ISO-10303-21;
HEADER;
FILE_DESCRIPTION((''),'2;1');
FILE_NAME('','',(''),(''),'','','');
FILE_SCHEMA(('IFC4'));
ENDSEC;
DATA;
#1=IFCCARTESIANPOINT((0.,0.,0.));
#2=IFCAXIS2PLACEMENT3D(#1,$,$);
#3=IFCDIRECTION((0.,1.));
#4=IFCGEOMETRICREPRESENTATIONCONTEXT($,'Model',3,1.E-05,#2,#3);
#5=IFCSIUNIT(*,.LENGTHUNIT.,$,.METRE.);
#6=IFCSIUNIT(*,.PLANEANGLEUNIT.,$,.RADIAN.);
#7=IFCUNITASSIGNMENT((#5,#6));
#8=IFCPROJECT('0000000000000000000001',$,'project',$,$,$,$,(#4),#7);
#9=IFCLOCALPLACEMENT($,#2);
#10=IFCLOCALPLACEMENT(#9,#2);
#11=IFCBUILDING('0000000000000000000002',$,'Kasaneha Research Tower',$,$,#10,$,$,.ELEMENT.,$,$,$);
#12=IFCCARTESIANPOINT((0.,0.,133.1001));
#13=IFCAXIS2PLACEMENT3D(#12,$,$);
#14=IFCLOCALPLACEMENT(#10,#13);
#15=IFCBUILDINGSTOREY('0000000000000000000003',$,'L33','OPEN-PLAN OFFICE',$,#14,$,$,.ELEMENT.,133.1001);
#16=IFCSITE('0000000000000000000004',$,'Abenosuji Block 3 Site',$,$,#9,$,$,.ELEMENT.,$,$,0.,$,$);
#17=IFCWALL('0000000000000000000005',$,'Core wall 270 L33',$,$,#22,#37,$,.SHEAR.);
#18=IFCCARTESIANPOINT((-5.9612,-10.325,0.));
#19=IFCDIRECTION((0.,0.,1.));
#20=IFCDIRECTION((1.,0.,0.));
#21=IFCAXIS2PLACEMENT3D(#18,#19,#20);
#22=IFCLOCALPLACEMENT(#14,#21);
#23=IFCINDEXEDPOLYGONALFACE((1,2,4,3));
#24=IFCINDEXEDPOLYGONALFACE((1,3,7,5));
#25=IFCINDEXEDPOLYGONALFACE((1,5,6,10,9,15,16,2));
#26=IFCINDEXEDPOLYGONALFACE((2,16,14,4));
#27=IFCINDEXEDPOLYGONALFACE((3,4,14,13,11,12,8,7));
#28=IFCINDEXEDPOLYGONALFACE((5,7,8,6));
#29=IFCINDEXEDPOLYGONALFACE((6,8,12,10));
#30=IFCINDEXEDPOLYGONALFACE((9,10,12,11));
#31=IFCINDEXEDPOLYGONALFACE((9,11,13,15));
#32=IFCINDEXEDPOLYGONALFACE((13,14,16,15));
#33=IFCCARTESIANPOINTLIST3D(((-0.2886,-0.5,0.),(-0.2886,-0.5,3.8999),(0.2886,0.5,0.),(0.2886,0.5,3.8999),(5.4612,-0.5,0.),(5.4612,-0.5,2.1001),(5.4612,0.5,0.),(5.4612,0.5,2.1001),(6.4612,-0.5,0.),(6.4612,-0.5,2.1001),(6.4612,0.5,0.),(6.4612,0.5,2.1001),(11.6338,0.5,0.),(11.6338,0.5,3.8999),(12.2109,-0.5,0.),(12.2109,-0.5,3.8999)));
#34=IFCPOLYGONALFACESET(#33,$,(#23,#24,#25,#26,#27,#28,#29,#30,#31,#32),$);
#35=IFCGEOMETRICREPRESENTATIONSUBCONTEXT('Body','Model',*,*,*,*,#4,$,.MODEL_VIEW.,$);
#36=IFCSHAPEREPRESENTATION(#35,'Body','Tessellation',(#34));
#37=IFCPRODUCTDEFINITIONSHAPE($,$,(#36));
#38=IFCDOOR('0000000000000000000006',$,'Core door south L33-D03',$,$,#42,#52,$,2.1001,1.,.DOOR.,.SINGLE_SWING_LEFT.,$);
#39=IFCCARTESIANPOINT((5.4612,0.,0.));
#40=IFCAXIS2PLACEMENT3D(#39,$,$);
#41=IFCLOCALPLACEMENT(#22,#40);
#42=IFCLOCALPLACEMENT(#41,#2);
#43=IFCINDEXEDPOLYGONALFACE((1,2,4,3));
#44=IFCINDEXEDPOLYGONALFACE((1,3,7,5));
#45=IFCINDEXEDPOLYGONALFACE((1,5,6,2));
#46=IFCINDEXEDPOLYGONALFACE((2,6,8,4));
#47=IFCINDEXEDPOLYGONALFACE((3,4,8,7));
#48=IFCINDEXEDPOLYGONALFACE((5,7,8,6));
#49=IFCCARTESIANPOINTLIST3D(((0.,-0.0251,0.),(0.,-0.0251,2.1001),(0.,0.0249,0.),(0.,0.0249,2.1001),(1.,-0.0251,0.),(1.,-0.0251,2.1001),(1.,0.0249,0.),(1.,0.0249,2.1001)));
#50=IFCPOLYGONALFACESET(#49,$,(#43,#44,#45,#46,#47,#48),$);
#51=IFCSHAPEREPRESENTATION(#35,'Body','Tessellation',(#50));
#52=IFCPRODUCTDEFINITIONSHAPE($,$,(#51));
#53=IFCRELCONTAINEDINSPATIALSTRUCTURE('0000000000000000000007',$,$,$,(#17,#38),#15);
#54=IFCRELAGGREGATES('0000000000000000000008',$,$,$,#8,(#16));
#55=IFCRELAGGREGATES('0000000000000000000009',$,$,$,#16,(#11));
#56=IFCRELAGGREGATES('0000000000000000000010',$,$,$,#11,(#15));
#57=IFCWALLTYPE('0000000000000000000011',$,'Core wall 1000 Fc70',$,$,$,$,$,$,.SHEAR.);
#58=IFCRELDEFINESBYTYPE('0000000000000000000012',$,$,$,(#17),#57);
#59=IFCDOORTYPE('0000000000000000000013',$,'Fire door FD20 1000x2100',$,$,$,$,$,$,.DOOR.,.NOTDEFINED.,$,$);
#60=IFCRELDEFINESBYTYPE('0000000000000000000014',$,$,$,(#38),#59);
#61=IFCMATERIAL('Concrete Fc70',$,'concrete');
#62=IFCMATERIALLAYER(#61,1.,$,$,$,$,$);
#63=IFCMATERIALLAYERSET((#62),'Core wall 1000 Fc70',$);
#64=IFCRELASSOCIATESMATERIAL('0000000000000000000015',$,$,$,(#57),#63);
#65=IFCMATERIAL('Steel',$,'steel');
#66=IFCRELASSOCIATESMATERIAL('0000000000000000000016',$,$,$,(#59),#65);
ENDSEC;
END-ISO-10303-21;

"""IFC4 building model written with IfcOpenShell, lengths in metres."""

from ifc_helpers import new_model, si_unit, direction, frame, frame_2d, origin, place, context, subcontext, project, spatial, polyline, rectangle, outline, extrude, material, layer, layer_set, type_object, element, fill, save


model = new_model("IFC4")

# Units and contexts
model_context = context("Model", 3, precision=1e-05, world=origin(), true_north=direction((0.0, 1.0)))
body_context = subcontext(model_context, "Body", "Model", "MODEL_VIEW")
ifc_project = project(units=[si_unit("LENGTHUNIT", "METRE"), si_unit("PLANEANGLEUNIT", "RADIAN")], contexts=[model_context])

# Site, building, storey
site_placement = place(None, origin())
site = spatial("IfcSite", under=ifc_project, at=site_placement, Name="Abenosuji Block 3 Site", CompositionType="ELEMENT", RefElevation=0.0)
building_placement = place(site_placement, origin())
building = spatial("IfcBuilding", under=site, at=building_placement, Name="Kasaneha Research Tower", CompositionType="ELEMENT")
storey_placement = place(building_placement, frame((0.0, 0.0, 133.1001)))
storey = spatial("IfcBuildingStorey", under=building, at=storey_placement, Name="L33", Description="OPEN-PLAN OFFICE", CompositionType="ELEMENT", Elevation=133.1001)

# Wall, opening, door
ifc_material_1 = material(Name="Concrete Fc70", Category="concrete")
ifc_layer_1 = layer(ifc_material_1, 1.0)
ifc_layer_set_1 = layer_set([ifc_layer_1], Name="Core wall 1000 Fc70")
wall_type_1 = type_object("IfcWallType", Name="Core wall 1000 Fc70", PredefinedType="SHEAR", material=ifc_layer_set_1)
wall_1_placement = place(storey_placement, frame((-5.9612, -10.325, 0.0), z_axis=(0.0, 0.0, 1.0), x_axis=(1.0, 0.0, 0.0)))
wall_1 = element("IfcWall", 1, at=wall_1_placement, inside=storey, type_object=wall_type_1, Name="Core wall 270 L33", PredefinedType="SHEAR", context=body_context, shape_type="SweptSolid", body=[
    extrude(outline(polyline([(-0.2886, -0.5), (5.4612, -0.5), (6.4612, -0.5), (12.2109, -0.5), (11.6338, 0.5), (6.4612, 0.5), (5.4612, 0.5), (0.2886, 0.5), (-0.2886, -0.5)])), origin(), (0.0, 0.0, 1.0), 3.8999),
])
opening_1_placement = place(wall_1_placement, frame((5.4612, 0.0, 0.0)))
opening_1 = element("IfcOpeningElement", 2, at=opening_1_placement, cuts=wall_1, PredefinedType="OPENING", context=body_context, shape_type="SweptSolid", body=[
    extrude(rectangle(XDim=1.0, YDim=2.1001, at=frame_2d((0.5, 1.05))), frame((0.0, 0.51, 0.0), z_axis=(0.0, -1.0, 0.0), x_axis=(1.0, 0.0, 0.0)), (0.0, 0.0, 1.0), 1.02),
])
ifc_material_2 = material(Name="Steel", Category="steel")
door_type_1 = type_object("IfcDoorType", Name="Fire door FD20 1000x2100", OperationType="NOTDEFINED", PredefinedType="DOOR", material=ifc_material_2)
door_1_placement = place(opening_1_placement, origin())
door_1 = element("IfcDoor", 3, at=door_1_placement, inside=storey, type_object=door_type_1, Name="Core door south L33-D03", OperationType="SINGLE_SWING_LEFT", OverallHeight=2.1001, OverallWidth=1.0, PredefinedType="DOOR", context=body_context, shape_type="SweptSolid", body=[
    extrude(rectangle(XDim=1.0, YDim=2.1001, at=frame_2d((0.5, 1.05))), frame((0.0, 0.0249, 0.0), z_axis=(0.0, -1.0, 0.0), x_axis=(1.0, 0.0, 0.0)), (0.0, 0.0, 1.0), 0.05),
])
fill(opening_1, door_1)

save(model, "model.ifc")
